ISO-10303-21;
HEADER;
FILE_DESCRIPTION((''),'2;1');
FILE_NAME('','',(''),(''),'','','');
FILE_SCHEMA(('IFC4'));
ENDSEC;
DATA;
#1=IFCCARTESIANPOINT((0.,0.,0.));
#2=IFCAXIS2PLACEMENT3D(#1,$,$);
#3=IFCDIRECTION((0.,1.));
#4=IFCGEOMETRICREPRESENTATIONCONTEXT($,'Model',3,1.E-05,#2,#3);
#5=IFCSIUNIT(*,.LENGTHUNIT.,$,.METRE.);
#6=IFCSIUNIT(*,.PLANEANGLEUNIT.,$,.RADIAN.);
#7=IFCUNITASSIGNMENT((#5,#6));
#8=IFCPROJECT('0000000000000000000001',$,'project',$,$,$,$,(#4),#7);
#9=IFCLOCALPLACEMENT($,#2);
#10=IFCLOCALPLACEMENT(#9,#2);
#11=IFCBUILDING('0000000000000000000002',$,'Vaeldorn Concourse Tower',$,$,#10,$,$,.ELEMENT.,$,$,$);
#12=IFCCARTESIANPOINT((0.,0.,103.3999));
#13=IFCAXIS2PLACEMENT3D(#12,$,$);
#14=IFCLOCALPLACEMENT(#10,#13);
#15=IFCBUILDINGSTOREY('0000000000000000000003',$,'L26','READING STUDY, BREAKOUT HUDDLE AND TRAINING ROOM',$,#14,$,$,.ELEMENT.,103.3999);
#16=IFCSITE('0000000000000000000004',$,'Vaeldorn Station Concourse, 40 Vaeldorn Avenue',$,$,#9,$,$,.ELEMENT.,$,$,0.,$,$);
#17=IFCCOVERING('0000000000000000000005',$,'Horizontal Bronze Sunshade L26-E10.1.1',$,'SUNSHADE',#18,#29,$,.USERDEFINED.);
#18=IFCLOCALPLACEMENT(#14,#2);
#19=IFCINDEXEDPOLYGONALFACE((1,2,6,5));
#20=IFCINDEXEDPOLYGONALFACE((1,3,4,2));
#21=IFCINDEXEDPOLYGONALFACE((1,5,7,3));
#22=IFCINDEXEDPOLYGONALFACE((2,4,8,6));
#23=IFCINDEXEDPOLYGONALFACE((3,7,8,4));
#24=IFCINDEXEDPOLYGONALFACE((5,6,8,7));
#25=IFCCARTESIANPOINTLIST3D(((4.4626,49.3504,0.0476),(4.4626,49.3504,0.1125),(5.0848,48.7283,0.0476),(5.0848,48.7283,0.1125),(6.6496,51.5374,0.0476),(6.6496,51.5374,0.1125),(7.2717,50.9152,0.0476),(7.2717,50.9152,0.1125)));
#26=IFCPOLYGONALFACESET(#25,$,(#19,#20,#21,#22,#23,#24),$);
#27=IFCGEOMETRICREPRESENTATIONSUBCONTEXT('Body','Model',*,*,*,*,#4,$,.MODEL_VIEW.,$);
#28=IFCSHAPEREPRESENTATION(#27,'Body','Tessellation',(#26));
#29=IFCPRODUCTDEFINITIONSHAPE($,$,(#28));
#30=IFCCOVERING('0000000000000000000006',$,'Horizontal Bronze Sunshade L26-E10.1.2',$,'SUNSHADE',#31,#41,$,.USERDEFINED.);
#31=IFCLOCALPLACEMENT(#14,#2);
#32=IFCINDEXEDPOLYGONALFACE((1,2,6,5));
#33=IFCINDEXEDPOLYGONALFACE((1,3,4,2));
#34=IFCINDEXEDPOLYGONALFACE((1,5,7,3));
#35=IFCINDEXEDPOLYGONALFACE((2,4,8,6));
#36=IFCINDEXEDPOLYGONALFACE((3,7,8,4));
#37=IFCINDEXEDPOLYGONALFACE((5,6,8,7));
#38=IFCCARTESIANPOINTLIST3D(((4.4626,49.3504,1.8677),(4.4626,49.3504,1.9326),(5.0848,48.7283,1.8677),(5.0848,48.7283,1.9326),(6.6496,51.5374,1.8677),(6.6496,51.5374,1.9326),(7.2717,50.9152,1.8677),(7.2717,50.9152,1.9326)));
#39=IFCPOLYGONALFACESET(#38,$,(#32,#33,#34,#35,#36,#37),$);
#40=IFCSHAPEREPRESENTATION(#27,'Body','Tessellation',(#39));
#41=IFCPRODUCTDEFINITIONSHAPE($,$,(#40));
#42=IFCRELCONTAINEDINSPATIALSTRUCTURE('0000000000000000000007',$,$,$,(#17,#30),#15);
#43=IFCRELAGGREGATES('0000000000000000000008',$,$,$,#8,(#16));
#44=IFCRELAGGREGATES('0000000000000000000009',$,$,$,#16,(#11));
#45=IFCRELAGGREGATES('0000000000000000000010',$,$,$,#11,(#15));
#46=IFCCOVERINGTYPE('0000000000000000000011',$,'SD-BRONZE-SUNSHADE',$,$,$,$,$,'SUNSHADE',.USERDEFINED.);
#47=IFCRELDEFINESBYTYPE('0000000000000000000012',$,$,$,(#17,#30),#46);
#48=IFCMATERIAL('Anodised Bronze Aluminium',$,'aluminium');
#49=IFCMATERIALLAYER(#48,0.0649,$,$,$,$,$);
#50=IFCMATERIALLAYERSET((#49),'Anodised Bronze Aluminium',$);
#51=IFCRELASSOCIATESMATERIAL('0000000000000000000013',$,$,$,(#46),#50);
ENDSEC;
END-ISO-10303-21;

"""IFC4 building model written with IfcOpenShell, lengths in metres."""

from ifc_helpers import new_model, si_unit, direction, frame, origin, origin_2d, place, context, subcontext, project, spatial, rectangle, extrude, source, transform, mapped, material, layer, layer_set, type_object, element, save


model = new_model("IFC4")

# Units and contexts
model_context = context("Model", 3, precision=1e-05, world=origin(), true_north=direction((0.0, 1.0)))
body_context = subcontext(model_context, "Body", "Model", "MODEL_VIEW")
ifc_project = project(units=[si_unit("LENGTHUNIT", "METRE"), si_unit("PLANEANGLEUNIT", "RADIAN")], contexts=[model_context])

# Site, building, storey
site_placement = place(None, origin())
site = spatial("IfcSite", under=ifc_project, at=site_placement, Name="Vaeldorn Station Concourse, 40 Vaeldorn Avenue", CompositionType="ELEMENT", RefElevation=0.0)
building_placement = place(site_placement, origin())
building = spatial("IfcBuilding", under=site, at=building_placement, Name="Vaeldorn Concourse Tower", CompositionType="ELEMENT")
storey_placement = place(building_placement, frame((0.0, 0.0, 103.3999)))
storey = spatial("IfcBuildingStorey", under=building, at=storey_placement, Name="L26", Description="READING STUDY, BREAKOUT HUDDLE AND TRAINING ROOM", CompositionType="ELEMENT", Elevation=103.3999)

# Shared definitions
ifc_material_1 = material(Name="Anodised Bronze Aluminium", Category="aluminium")

# Coverings
ifc_layer_1 = layer(ifc_material_1, 0.0649)
ifc_layer_set_1 = layer_set([ifc_layer_1], Name="Anodised Bronze Aluminium")
covering_type = type_object("IfcCoveringType", Name="SD-BRONZE-SUNSHADE", ElementType="SUNSHADE", PredefinedType="USERDEFINED", material=ifc_layer_set_1)
shared_shape_1 = source(origin(), body_context, "Body", "SweptSolid", [
    extrude(rectangle(XDim=3.0928, YDim=0.8799, at=origin_2d()), origin(), (0.0, 0.0, 1.0), 0.0649),
])
for number, where, z_axis, x_axis, name in (
    (1, (5.8672, 50.1328, 0.0476), (0.0, 0.0, 1.0), (-0.707107, -0.707107, 0.0), "Horizontal Bronze Sunshade L26-E10.1.1"),
    (2, (5.8672, 50.1328, 1.8677), (0.0, 0.0, 1.0), (-0.707107, -0.707107, 0.0), "Horizontal Bronze Sunshade L26-E10.1.2"),
):
    element("IfcCovering", number, at=place(storey_placement, frame(where, z_axis=z_axis, x_axis=x_axis)), inside=storey, type_object=covering_type, Name=name, ObjectType="SUNSHADE", PredefinedType="USERDEFINED", context=body_context, shape_type="MappedRepresentation", body=[
        mapped(shared_shape_1, transform((0.0, 0.0, 0.0), scale=1.0)),
    ])

save(model, "model.ifc")
